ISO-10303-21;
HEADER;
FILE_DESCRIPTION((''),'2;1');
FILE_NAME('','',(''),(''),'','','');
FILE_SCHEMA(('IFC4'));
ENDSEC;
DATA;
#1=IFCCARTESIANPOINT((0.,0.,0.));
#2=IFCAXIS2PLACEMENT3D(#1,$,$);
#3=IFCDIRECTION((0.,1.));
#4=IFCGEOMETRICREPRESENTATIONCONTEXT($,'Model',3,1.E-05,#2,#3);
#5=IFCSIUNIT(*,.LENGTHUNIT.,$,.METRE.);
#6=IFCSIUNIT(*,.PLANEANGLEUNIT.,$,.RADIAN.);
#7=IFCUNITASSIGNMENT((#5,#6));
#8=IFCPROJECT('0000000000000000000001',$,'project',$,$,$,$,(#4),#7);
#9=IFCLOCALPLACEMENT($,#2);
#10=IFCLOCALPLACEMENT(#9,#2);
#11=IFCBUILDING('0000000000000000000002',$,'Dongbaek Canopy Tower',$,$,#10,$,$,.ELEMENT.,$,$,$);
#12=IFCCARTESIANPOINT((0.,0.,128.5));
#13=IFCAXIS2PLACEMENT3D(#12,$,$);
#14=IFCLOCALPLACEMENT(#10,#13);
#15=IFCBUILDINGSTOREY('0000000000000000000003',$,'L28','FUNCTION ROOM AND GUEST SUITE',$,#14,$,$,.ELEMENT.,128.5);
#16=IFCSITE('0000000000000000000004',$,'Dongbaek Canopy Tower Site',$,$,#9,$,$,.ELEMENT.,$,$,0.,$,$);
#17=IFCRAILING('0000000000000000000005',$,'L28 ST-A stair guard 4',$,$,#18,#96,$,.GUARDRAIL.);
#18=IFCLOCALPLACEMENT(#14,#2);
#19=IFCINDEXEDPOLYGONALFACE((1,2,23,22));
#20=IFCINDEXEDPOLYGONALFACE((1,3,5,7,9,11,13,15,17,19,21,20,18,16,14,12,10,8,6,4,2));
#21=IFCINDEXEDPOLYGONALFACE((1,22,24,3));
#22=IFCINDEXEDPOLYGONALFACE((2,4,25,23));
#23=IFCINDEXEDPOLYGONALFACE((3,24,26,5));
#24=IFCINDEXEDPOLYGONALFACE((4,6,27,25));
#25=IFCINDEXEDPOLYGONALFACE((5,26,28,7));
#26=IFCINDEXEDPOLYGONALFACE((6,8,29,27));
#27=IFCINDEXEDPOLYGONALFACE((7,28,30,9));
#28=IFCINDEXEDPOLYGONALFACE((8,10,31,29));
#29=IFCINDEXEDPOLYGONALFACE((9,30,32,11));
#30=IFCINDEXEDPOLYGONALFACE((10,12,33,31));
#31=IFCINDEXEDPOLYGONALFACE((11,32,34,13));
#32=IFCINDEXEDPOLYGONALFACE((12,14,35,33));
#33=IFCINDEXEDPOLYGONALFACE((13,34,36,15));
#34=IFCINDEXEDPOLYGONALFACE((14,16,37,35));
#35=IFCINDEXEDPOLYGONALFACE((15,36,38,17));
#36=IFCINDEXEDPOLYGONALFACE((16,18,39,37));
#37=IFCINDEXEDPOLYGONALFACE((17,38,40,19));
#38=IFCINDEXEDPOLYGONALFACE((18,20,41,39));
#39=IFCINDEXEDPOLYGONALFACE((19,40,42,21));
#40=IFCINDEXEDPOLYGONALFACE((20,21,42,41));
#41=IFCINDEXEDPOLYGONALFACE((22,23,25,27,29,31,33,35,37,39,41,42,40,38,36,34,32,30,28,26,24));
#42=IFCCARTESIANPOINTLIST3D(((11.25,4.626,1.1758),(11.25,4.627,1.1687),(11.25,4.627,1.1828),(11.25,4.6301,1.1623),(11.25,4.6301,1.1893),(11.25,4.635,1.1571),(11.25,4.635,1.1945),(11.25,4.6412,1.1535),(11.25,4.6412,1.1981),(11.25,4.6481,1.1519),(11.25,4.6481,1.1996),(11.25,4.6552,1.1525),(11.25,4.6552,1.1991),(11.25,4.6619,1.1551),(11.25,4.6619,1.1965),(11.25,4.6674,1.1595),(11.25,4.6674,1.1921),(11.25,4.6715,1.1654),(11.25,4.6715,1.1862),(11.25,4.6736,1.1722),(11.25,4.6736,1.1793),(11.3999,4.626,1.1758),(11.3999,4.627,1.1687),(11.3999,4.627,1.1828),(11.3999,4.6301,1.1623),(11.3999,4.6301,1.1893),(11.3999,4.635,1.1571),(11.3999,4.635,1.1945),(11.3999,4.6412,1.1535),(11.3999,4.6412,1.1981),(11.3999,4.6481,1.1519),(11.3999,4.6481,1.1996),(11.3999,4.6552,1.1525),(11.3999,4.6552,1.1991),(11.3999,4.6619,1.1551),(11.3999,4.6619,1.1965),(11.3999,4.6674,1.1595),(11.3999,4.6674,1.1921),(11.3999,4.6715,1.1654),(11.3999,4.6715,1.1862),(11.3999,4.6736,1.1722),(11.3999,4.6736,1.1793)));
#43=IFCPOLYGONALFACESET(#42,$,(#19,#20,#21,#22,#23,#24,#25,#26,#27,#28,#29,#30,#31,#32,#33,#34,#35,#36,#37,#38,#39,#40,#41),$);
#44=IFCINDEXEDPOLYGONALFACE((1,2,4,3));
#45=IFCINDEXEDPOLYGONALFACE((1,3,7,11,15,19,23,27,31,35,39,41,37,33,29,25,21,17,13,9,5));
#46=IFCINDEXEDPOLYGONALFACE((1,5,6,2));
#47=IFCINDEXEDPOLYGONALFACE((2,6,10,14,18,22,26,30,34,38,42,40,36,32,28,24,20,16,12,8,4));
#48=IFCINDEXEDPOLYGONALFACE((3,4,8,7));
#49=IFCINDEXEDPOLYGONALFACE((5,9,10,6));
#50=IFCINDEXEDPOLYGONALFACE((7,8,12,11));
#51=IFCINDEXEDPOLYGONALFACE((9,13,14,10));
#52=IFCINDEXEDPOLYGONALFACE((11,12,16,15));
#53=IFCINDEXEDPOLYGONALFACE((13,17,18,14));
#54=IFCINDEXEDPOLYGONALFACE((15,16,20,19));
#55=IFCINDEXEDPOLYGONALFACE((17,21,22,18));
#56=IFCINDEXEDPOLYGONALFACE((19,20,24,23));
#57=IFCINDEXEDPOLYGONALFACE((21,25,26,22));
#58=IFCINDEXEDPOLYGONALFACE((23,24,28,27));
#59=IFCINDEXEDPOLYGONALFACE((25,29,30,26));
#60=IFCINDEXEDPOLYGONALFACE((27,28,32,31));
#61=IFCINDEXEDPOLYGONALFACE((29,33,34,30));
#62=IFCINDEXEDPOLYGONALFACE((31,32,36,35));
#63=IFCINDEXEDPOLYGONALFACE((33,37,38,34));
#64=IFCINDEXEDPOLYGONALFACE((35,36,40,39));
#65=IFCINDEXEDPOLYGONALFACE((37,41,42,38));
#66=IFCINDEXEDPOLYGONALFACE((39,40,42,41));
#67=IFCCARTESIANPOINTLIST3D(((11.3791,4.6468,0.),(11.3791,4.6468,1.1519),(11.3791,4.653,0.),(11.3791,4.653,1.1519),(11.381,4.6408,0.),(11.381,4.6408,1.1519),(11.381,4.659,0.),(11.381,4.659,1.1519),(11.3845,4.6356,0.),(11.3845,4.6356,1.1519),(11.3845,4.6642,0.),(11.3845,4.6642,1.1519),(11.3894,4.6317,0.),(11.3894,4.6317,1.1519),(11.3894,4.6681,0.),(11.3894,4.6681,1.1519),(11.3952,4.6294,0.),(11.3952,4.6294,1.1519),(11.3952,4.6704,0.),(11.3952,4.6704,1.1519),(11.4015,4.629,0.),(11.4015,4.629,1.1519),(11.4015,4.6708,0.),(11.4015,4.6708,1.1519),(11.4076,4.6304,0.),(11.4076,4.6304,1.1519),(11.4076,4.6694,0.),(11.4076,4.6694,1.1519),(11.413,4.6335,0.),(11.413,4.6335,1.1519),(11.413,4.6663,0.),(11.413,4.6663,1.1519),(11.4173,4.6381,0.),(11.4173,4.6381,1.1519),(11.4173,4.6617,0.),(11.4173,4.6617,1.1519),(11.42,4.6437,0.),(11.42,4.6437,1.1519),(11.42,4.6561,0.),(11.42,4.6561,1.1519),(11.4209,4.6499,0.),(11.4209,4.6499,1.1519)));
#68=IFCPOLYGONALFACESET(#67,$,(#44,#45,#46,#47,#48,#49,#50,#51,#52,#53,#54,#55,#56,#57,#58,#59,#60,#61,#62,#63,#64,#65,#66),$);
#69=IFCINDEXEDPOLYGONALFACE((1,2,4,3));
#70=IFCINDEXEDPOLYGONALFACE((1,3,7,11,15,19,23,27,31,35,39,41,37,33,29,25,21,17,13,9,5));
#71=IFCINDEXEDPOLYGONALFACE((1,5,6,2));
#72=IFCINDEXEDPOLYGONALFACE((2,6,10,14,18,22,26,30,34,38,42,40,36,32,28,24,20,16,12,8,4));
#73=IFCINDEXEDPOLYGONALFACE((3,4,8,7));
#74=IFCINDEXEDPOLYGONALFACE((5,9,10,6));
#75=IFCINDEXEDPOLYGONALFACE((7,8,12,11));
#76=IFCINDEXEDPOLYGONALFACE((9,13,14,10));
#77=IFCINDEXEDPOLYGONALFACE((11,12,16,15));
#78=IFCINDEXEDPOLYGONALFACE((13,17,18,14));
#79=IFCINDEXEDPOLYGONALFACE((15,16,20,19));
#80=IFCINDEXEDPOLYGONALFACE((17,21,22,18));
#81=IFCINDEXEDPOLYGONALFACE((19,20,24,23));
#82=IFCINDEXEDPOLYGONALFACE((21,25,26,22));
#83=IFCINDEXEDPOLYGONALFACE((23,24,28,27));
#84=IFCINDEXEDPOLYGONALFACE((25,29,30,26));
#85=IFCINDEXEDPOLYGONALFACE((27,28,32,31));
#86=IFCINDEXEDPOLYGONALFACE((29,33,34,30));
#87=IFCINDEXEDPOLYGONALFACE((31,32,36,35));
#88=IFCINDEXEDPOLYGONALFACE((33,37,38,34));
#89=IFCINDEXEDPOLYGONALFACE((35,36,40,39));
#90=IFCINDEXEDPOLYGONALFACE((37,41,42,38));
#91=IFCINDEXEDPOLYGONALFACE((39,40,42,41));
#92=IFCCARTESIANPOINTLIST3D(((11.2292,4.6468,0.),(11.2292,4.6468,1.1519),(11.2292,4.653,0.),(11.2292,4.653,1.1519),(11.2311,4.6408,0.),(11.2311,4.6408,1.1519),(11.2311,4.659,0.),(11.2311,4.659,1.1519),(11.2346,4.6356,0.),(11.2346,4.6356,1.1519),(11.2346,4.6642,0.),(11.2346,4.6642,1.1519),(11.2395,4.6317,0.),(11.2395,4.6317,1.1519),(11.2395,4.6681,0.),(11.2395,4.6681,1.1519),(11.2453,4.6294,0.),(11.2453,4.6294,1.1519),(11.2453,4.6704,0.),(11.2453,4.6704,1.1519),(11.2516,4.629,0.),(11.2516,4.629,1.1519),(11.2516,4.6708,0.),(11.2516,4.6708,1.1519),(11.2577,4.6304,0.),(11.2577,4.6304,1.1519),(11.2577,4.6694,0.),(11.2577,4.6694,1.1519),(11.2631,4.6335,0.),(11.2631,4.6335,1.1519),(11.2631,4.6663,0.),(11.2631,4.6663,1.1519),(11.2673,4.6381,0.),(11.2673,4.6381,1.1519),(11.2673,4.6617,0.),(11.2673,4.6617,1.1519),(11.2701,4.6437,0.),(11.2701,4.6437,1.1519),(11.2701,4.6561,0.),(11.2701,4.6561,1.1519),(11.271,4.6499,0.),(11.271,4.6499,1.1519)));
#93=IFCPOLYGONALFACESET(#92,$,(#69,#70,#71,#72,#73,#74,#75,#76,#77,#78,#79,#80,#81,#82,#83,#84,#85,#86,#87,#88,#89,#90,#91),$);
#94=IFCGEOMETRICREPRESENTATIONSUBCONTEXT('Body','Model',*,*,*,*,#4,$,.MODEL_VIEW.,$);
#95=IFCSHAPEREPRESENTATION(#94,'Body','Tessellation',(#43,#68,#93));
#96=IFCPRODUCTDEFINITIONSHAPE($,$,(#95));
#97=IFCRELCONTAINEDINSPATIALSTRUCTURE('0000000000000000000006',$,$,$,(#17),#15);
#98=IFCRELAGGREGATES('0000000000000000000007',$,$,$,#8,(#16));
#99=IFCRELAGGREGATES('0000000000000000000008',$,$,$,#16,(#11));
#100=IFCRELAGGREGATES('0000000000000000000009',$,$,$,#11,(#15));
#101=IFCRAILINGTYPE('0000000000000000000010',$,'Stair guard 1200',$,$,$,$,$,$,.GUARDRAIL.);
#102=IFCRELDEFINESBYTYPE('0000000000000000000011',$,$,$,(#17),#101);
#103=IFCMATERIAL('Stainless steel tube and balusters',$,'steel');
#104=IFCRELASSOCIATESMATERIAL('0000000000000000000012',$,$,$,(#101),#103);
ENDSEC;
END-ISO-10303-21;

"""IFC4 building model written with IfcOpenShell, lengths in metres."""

from ifc_helpers import new_model, si_unit, direction, frame, origin, origin_2d, place, context, subcontext, project, spatial, circle, extrude, material, type_object, element, save


model = new_model("IFC4")

# Units and contexts
model_context = context("Model", 3, precision=1e-05, world=origin(), true_north=direction((0.0, 1.0)))
body_context = subcontext(model_context, "Body", "Model", "MODEL_VIEW")
ifc_project = project(units=[si_unit("LENGTHUNIT", "METRE"), si_unit("PLANEANGLEUNIT", "RADIAN")], contexts=[model_context])

# Site, building, storey
site_placement = place(None, origin())
site = spatial("IfcSite", under=ifc_project, at=site_placement, Name="Dongbaek Canopy Tower Site", CompositionType="ELEMENT", RefElevation=0.0)
building_placement = place(site_placement, origin())
building = spatial("IfcBuilding", under=site, at=building_placement, Name="Dongbaek Canopy Tower", CompositionType="ELEMENT")
storey_placement = place(building_placement, frame((0.0, 0.0, 128.5)))
storey = spatial("IfcBuildingStorey", under=building, at=storey_placement, Name="L28", Description="FUNCTION ROOM AND GUEST SUITE", CompositionType="ELEMENT", Elevation=128.5)

# Railing
ifc_material_1 = material(Name="Stainless steel tube and balusters", Category="steel")
railing_type_1 = type_object("IfcRailingType", Name="Stair guard 1200", PredefinedType="GUARDRAIL", material=ifc_material_1)
railing_1_placement = place(storey_placement, frame((11.3999, 4.6499, 0.0)))
element("IfcRailing", 1, at=railing_1_placement, inside=storey, type_object=railing_type_1, Name="L28 ST-A stair guard 4", PredefinedType="GUARDRAIL", context=body_context, shape_type="SweptSolid", body=[
    extrude(circle(Radius=0.0239, at=origin_2d()), frame((0.0, 0.0, 1.1758), z_axis=(-1.0, 0.0, 0.0), x_axis=(0.0, -1.0, 0.0)), (0.0, 0.0, 1.0), 0.1499),
    extrude(circle(Radius=0.021, at=origin_2d()), origin(), (0.0, 0.0, 1.0), 1.1519),
    extrude(circle(Radius=0.021, at=origin_2d()), frame((-0.1499, 0.0, 0.0)), (0.0, 0.0, 1.0), 1.1519),
])

save(model, "model.ifc")
